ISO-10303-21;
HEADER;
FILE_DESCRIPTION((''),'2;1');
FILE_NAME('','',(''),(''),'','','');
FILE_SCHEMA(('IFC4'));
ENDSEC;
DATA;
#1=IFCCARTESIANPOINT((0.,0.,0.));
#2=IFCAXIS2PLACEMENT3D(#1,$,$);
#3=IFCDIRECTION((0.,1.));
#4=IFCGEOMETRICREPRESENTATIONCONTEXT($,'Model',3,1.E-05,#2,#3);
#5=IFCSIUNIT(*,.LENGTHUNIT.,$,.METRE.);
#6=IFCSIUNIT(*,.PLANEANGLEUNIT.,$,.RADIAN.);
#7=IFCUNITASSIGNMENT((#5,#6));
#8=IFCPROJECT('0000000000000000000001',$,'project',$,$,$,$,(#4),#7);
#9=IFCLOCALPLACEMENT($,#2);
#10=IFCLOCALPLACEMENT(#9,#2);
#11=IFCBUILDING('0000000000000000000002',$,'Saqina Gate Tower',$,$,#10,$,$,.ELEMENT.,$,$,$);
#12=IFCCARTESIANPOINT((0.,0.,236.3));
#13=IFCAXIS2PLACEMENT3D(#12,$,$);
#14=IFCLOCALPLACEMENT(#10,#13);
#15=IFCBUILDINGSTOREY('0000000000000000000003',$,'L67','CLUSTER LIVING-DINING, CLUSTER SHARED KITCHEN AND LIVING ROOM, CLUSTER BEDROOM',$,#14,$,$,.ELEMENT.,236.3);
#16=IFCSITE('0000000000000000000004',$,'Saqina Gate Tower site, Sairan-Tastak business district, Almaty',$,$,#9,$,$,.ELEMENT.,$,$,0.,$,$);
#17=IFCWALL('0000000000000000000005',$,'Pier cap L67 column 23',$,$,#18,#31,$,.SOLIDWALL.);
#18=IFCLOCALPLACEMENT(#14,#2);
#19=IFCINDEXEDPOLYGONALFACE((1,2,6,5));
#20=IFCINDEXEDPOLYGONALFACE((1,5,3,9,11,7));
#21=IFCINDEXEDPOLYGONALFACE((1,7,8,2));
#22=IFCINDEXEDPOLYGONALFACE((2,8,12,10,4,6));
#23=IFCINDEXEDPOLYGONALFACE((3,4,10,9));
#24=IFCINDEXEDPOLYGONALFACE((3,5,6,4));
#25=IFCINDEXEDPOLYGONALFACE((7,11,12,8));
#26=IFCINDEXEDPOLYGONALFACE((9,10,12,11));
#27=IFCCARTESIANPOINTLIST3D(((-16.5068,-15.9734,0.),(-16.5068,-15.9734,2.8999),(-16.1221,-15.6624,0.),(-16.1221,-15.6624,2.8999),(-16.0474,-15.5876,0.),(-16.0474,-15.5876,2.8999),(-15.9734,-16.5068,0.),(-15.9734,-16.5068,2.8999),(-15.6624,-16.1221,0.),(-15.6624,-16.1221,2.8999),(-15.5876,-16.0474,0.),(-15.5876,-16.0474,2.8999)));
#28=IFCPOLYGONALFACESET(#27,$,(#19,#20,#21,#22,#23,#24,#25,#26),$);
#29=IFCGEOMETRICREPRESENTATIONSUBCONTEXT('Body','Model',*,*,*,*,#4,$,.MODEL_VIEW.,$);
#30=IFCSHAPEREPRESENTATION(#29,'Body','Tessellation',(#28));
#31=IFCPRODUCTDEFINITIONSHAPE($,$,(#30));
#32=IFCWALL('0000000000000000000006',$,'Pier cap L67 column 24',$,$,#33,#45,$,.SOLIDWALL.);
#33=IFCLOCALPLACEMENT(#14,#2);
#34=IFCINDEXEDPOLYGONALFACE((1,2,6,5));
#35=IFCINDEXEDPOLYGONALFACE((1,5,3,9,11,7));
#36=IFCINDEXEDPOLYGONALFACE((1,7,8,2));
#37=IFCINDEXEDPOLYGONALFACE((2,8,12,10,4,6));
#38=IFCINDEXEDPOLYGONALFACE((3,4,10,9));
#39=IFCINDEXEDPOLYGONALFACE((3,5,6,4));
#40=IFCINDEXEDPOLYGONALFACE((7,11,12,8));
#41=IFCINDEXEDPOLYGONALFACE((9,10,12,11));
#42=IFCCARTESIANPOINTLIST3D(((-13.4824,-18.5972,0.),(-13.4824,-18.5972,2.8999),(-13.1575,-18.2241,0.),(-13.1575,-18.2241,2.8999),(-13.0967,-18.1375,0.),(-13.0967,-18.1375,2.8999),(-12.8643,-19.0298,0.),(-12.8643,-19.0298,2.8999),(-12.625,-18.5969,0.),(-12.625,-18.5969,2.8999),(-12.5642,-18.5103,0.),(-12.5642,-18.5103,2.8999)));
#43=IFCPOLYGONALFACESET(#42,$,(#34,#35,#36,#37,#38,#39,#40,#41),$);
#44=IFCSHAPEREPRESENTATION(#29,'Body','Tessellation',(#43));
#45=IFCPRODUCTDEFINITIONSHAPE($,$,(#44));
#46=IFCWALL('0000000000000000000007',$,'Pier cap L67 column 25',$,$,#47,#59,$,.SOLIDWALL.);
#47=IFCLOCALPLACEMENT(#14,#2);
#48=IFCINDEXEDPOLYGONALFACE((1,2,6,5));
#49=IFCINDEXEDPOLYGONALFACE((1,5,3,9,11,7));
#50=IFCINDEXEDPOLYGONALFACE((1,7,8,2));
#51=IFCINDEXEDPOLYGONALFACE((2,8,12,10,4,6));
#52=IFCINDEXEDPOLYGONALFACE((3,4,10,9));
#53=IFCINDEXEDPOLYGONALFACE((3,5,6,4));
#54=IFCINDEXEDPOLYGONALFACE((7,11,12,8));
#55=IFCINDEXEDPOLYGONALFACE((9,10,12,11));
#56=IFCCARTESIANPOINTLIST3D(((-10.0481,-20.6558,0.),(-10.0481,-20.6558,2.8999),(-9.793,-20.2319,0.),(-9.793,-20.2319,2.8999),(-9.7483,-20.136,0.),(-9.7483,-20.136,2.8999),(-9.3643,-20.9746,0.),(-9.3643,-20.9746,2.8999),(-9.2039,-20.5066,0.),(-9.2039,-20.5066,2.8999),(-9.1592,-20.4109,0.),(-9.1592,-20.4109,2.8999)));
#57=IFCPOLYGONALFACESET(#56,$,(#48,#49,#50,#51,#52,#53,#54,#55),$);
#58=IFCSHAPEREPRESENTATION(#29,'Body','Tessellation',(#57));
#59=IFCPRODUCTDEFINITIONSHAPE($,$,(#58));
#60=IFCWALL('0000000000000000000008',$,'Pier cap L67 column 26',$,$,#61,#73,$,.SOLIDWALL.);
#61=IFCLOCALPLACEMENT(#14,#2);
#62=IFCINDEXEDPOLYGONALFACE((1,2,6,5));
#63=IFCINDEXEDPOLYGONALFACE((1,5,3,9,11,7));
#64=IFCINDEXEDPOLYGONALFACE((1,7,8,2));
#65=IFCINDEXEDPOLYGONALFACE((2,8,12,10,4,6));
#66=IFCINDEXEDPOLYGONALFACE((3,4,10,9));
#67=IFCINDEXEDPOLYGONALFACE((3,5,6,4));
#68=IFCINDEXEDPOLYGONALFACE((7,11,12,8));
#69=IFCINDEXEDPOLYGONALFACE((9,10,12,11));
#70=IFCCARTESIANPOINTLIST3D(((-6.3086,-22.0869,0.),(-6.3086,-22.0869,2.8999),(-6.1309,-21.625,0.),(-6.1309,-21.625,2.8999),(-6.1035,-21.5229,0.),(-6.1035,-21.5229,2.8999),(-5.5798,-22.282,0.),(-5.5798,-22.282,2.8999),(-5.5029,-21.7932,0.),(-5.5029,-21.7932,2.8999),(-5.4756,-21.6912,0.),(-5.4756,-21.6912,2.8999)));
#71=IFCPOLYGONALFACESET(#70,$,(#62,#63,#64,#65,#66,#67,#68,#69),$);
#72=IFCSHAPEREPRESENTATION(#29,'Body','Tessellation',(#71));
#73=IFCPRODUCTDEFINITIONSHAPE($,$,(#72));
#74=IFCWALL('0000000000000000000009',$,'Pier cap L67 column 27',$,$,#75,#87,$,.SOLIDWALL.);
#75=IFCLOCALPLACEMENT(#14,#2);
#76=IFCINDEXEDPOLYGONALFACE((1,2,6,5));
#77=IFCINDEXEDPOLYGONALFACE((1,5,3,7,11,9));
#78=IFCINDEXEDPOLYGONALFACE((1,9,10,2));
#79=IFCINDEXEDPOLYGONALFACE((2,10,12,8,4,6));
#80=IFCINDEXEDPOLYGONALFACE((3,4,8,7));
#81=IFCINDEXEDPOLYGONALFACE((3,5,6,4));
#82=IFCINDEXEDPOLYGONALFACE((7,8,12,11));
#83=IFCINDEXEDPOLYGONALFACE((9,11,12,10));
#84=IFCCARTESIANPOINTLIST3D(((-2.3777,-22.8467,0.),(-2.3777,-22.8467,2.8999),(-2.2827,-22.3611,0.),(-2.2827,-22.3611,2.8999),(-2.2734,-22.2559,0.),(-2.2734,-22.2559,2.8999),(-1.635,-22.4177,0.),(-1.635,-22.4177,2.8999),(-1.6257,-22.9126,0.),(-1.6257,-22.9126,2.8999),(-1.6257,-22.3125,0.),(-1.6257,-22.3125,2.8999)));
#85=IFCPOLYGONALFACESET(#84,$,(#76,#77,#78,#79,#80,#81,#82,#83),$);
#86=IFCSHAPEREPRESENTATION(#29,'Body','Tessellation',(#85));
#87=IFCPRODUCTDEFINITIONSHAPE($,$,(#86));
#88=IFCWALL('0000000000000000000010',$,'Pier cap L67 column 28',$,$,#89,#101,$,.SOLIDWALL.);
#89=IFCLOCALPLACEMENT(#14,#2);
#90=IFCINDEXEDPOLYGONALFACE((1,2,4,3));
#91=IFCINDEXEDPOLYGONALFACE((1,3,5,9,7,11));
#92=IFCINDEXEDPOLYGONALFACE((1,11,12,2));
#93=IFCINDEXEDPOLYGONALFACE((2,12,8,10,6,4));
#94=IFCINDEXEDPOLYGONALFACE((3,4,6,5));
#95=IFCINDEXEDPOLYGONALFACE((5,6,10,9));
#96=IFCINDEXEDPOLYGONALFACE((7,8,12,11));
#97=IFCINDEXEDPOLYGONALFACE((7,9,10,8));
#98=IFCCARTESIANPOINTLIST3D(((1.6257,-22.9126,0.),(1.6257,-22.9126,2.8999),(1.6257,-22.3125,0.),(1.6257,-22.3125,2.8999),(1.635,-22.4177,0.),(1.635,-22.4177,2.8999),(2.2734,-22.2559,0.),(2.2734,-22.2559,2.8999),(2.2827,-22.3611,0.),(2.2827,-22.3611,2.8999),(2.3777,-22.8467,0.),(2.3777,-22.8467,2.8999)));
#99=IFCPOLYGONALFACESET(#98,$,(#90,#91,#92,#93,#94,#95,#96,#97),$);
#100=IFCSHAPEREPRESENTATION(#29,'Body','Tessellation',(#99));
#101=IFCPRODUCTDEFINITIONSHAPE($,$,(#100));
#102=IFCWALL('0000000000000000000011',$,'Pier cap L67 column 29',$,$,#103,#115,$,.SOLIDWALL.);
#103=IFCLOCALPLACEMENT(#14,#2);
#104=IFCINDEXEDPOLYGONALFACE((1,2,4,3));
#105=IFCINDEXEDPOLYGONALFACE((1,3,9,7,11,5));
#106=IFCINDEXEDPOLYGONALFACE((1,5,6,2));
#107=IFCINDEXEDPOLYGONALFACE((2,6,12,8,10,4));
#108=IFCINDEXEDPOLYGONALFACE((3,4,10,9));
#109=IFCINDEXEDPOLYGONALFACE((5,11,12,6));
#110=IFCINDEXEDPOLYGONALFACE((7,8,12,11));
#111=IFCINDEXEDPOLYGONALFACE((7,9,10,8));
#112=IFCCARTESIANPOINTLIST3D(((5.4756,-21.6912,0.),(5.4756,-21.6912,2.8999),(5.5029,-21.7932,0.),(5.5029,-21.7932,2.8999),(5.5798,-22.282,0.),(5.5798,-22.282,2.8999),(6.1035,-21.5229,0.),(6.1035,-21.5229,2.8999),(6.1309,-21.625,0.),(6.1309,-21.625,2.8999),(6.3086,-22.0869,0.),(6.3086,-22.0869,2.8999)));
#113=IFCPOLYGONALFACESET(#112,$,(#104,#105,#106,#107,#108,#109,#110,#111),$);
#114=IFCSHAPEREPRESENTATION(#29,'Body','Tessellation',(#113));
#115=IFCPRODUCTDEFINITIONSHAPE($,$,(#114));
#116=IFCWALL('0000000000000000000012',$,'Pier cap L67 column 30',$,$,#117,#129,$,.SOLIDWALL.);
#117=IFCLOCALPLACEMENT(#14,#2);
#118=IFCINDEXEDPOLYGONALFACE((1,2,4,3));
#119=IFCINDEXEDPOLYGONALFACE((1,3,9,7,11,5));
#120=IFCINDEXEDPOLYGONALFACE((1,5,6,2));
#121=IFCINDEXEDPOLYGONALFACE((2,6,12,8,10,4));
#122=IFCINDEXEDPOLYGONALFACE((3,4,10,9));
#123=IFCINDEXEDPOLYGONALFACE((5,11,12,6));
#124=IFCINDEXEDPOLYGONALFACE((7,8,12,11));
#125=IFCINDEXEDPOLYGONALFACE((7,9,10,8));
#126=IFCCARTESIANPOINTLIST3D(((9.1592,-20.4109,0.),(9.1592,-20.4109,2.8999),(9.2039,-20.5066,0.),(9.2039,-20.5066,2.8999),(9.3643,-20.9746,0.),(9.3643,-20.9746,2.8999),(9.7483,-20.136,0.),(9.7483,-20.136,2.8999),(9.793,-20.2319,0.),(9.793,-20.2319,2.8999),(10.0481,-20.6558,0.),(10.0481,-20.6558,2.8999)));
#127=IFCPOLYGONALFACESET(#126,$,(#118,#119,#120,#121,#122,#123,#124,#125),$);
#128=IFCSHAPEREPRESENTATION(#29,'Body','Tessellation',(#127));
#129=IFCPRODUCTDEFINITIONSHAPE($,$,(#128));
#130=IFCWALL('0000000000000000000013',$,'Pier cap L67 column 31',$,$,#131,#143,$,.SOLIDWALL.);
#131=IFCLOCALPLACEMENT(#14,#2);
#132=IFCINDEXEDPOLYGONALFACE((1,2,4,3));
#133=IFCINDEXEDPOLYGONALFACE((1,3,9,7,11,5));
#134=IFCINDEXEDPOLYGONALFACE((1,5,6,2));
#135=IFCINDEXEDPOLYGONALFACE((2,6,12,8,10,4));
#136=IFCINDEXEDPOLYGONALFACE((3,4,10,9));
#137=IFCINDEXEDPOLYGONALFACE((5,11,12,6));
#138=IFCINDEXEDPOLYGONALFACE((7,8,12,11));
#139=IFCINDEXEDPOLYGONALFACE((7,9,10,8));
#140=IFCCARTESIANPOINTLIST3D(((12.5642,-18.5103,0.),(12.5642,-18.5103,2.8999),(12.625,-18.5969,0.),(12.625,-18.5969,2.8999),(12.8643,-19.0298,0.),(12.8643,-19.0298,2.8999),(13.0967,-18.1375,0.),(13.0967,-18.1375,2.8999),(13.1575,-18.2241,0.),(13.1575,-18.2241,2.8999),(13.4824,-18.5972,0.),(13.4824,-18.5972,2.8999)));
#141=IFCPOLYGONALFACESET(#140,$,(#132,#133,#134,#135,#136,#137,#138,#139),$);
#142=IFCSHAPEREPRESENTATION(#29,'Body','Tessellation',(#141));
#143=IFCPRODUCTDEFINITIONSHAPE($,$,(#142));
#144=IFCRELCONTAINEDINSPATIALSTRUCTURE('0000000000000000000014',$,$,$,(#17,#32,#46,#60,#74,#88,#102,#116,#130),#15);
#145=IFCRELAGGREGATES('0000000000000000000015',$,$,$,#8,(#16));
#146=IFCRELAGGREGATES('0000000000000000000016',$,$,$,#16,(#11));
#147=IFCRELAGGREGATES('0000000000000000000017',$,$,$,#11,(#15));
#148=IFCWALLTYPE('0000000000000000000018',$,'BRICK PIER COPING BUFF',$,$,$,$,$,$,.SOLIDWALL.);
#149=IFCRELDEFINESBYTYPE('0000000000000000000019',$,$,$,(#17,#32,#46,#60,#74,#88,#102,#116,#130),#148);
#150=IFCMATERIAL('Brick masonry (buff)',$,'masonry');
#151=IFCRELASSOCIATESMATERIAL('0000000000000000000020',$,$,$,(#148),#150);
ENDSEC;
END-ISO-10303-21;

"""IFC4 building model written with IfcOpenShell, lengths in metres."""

from ifc_helpers import new_model, si_unit, direction, frame, origin, place, context, subcontext, project, spatial, polyline, outline, extrude, material, type_object, element, save


model = new_model("IFC4")

# Units and contexts
model_context = context("Model", 3, precision=1e-05, world=origin(), true_north=direction((0.0, 1.0)))
body_context = subcontext(model_context, "Body", "Model", "MODEL_VIEW")
ifc_project = project(units=[si_unit("LENGTHUNIT", "METRE"), si_unit("PLANEANGLEUNIT", "RADIAN")], contexts=[model_context])

# Site, building, storey
site_placement = place(None, origin())
site = spatial("IfcSite", under=ifc_project, at=site_placement, Name="Saqina Gate Tower site, Sairan-Tastak business district, Almaty", CompositionType="ELEMENT", RefElevation=0.0)
building_placement = place(site_placement, origin())
building = spatial("IfcBuilding", under=site, at=building_placement, Name="Saqina Gate Tower", CompositionType="ELEMENT")
storey_placement = place(building_placement, frame((0.0, 0.0, 236.3)))
storey = spatial("IfcBuildingStorey", under=building, at=storey_placement, Name="L67", Description="CLUSTER LIVING-DINING, CLUSTER SHARED KITCHEN AND LIVING ROOM, CLUSTER BEDROOM", CompositionType="ELEMENT", Elevation=236.3)

# Walls
ifc_material = material(Name="Brick masonry (buff)", Category="masonry")
wall_type = type_object("IfcWallType", Name="BRICK PIER COPING BUFF", PredefinedType="SOLIDWALL", material=ifc_material)
wall_1_placement = place(storey_placement, origin())
element("IfcWall", 1, at=wall_1_placement, inside=storey, type_object=wall_type, Name="Pier cap L67 column 23", PredefinedType="SOLIDWALL", context=body_context, shape_type="SweptSolid", body=[
    extrude(outline(polyline([(-15.9734, -16.5068), (-15.5876, -16.0474), (-15.6624, -16.1221), (-16.1221, -15.6624), (-16.0474, -15.5876), (-16.5068, -15.9734), (-15.9734, -16.5068)])), origin(), (0.0, 0.0, 1.0), 2.8999),
])
wall_2_placement = place(storey_placement, origin())
element("IfcWall", 2, at=wall_2_placement, inside=storey, type_object=wall_type, Name="Pier cap L67 column 24", PredefinedType="SOLIDWALL", context=body_context, shape_type="SweptSolid", body=[
    extrude(outline(polyline([(-12.8643, -19.0298), (-12.5642, -18.5103), (-12.625, -18.5969), (-13.1575, -18.2241), (-13.0967, -18.1375), (-13.4824, -18.5972), (-12.8643, -19.0298)])), origin(), (0.0, 0.0, 1.0), 2.8999),
])
wall_3_placement = place(storey_placement, origin())
element("IfcWall", 3, at=wall_3_placement, inside=storey, type_object=wall_type, Name="Pier cap L67 column 25", PredefinedType="SOLIDWALL", context=body_context, shape_type="SweptSolid", body=[
    extrude(outline(polyline([(-10.0481, -20.6558), (-9.3643, -20.9746), (-9.1592, -20.4109), (-9.2039, -20.5066), (-9.793, -20.2319), (-9.7483, -20.136), (-10.0481, -20.6558)])), origin(), (0.0, 0.0, 1.0), 2.8999),
])
wall_4_placement = place(storey_placement, origin())
element("IfcWall", 4, at=wall_4_placement, inside=storey, type_object=wall_type, Name="Pier cap L67 column 26", PredefinedType="SOLIDWALL", context=body_context, shape_type="SweptSolid", body=[
    extrude(outline(polyline([(-5.5798, -22.282), (-5.4756, -21.6912), (-5.5029, -21.7932), (-6.1309, -21.625), (-6.1035, -21.5229), (-6.3086, -22.0869), (-5.5798, -22.282)])), origin(), (0.0, 0.0, 1.0), 2.8999),
])
wall_5_placement = place(storey_placement, origin())
element("IfcWall", 5, at=wall_5_placement, inside=storey, type_object=wall_type, Name="Pier cap L67 column 27", PredefinedType="SOLIDWALL", context=body_context, shape_type="SweptSolid", body=[
    extrude(outline(polyline([(-2.3777, -22.8467), (-1.6257, -22.9126), (-1.6257, -22.3125), (-1.635, -22.4177), (-2.2827, -22.3611), (-2.2734, -22.2559), (-2.3777, -22.8467)])), origin(), (0.0, 0.0, 1.0), 2.8999),
])
wall_6_placement = place(storey_placement, origin())
element("IfcWall", 6, at=wall_6_placement, inside=storey, type_object=wall_type, Name="Pier cap L67 column 28", PredefinedType="SOLIDWALL", context=body_context, shape_type="SweptSolid", body=[
    extrude(outline(polyline([(1.6257, -22.9126), (2.3777, -22.8467), (2.2734, -22.2559), (2.2827, -22.3611), (1.635, -22.4177), (1.6257, -22.3125), (1.6257, -22.9126)])), origin(), (0.0, 0.0, 1.0), 2.8999),
])
wall_7_placement = place(storey_placement, origin())
element("IfcWall", 7, at=wall_7_placement, inside=storey, type_object=wall_type, Name="Pier cap L67 column 29", PredefinedType="SOLIDWALL", context=body_context, shape_type="SweptSolid", body=[
    extrude(outline(polyline([(6.3086, -22.0869), (6.1035, -21.5229), (6.1309, -21.625), (5.5029, -21.7932), (5.4756, -21.6912), (5.5798, -22.282), (6.3086, -22.0869)])), origin(), (0.0, 0.0, 1.0), 2.8999),
])
wall_8_placement = place(storey_placement, origin())
element("IfcWall", 8, at=wall_8_placement, inside=storey, type_object=wall_type, Name="Pier cap L67 column 30", PredefinedType="SOLIDWALL", context=body_context, shape_type="SweptSolid", body=[
    extrude(outline(polyline([(9.3643, -20.9746), (10.0481, -20.6558), (9.7483, -20.136), (9.793, -20.2319), (9.2039, -20.5066), (9.1592, -20.4109), (9.3643, -20.9746)])), origin(), (0.0, 0.0, 1.0), 2.8999),
])
wall_9_placement = place(storey_placement, origin())
element("IfcWall", 9, at=wall_9_placement, inside=storey, type_object=wall_type, Name="Pier cap L67 column 31", PredefinedType="SOLIDWALL", context=body_context, shape_type="SweptSolid", body=[
    extrude(outline(polyline([(12.8643, -19.0298), (13.4824, -18.5972), (13.0967, -18.1375), (13.1575, -18.2241), (12.625, -18.5969), (12.5642, -18.5103), (12.8643, -19.0298)])), origin(), (0.0, 0.0, 1.0), 2.8999),
])

save(model, "model.ifc")
